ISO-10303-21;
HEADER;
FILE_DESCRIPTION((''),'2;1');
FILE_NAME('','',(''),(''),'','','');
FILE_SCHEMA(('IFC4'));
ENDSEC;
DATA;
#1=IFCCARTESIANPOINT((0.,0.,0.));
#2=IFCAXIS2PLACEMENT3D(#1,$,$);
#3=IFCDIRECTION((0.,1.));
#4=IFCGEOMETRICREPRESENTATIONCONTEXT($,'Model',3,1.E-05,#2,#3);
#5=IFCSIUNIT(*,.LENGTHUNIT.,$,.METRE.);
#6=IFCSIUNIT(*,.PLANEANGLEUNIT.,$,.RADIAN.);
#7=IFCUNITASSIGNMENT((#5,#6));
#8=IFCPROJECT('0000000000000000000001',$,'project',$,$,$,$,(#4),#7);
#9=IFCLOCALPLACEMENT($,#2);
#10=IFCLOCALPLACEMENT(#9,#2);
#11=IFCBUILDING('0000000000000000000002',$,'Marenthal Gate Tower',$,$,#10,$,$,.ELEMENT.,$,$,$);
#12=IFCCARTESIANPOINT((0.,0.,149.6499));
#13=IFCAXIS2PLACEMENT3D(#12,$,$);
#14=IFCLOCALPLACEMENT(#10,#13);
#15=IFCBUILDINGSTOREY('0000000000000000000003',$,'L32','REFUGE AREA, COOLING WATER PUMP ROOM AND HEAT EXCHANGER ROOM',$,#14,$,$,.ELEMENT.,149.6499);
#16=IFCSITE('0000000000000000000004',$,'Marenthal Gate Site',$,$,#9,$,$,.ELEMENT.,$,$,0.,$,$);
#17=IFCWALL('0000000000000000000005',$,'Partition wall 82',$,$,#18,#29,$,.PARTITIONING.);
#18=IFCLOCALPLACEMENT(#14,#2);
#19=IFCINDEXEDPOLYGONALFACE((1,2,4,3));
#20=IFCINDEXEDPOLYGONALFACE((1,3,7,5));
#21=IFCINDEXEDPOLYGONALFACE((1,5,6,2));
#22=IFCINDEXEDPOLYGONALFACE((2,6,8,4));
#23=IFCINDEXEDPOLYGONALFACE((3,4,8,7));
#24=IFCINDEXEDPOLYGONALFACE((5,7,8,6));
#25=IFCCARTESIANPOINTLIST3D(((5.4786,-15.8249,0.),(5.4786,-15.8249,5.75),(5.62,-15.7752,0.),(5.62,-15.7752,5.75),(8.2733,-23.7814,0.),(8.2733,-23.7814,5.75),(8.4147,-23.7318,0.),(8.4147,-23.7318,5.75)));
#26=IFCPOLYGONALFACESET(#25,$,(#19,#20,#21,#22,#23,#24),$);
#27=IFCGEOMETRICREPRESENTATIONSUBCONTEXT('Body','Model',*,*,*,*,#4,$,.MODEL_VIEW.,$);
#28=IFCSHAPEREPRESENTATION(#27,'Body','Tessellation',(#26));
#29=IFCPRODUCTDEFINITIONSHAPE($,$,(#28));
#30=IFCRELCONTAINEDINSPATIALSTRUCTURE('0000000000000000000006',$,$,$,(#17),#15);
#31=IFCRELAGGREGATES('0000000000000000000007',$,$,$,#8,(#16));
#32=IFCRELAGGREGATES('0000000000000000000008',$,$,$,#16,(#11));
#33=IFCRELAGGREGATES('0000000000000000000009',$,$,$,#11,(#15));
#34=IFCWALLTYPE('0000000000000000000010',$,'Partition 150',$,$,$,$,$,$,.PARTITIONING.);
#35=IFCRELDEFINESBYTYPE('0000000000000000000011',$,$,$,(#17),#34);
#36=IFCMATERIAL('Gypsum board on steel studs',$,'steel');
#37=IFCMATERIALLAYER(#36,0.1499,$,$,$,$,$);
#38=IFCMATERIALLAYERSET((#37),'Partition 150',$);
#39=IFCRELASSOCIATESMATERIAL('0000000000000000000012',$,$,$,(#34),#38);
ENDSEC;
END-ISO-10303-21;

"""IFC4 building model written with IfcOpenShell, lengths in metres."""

from ifc_helpers import new_model, si_unit, direction, frame, frame_2d, origin, place, context, subcontext, project, spatial, rectangle, extrude, material, layer, layer_set, type_object, element, save


model = new_model("IFC4")

# Units and contexts
model_context = context("Model", 3, precision=1e-05, world=origin(), true_north=direction((0.0, 1.0)))
body_context = subcontext(model_context, "Body", "Model", "MODEL_VIEW")
ifc_project = project(units=[si_unit("LENGTHUNIT", "METRE"), si_unit("PLANEANGLEUNIT", "RADIAN")], contexts=[model_context])

# Site, building, storey
site_placement = place(None, origin())
site = spatial("IfcSite", under=ifc_project, at=site_placement, Name="Marenthal Gate Site", CompositionType="ELEMENT", RefElevation=0.0)
building_placement = place(site_placement, origin())
building = spatial("IfcBuilding", under=site, at=building_placement, Name="Marenthal Gate Tower", CompositionType="ELEMENT")
storey_placement = place(building_placement, frame((0.0, 0.0, 149.6499)))
storey = spatial("IfcBuildingStorey", under=building, at=storey_placement, Name="L32", Description="REFUGE AREA, COOLING WATER PUMP ROOM AND HEAT EXCHANGER ROOM", CompositionType="ELEMENT", Elevation=149.6499)

# Shared definitions
ifc_material_1 = material(Name="Gypsum board on steel studs", Category="steel")
ifc_layer_1 = layer(ifc_material_1, 0.1499)
ifc_layer_set_1 = layer_set([ifc_layer_1], Name="Partition 150")
wall_type_1 = type_object("IfcWallType", Name="Partition 150", PredefinedType="PARTITIONING", material=ifc_layer_set_1)

# Wall
wall_1_placement = place(storey_placement, frame((8.344, -23.7566, 0.0), z_axis=(0.0, 0.0, 1.0), x_axis=(-0.331395, 0.943492, 0.0)))
element("IfcWall", 1, at=wall_1_placement, inside=storey, type_object=wall_type_1, Name="Partition wall 82", PredefinedType="PARTITIONING", context=body_context, shape_type="SweptSolid", body=[
    extrude(rectangle(XDim=8.4331, YDim=0.1499, at=frame_2d((4.2166, 0.0))), origin(), (0.0, 0.0, 1.0), 5.75),
])

save(model, "model.ifc")
